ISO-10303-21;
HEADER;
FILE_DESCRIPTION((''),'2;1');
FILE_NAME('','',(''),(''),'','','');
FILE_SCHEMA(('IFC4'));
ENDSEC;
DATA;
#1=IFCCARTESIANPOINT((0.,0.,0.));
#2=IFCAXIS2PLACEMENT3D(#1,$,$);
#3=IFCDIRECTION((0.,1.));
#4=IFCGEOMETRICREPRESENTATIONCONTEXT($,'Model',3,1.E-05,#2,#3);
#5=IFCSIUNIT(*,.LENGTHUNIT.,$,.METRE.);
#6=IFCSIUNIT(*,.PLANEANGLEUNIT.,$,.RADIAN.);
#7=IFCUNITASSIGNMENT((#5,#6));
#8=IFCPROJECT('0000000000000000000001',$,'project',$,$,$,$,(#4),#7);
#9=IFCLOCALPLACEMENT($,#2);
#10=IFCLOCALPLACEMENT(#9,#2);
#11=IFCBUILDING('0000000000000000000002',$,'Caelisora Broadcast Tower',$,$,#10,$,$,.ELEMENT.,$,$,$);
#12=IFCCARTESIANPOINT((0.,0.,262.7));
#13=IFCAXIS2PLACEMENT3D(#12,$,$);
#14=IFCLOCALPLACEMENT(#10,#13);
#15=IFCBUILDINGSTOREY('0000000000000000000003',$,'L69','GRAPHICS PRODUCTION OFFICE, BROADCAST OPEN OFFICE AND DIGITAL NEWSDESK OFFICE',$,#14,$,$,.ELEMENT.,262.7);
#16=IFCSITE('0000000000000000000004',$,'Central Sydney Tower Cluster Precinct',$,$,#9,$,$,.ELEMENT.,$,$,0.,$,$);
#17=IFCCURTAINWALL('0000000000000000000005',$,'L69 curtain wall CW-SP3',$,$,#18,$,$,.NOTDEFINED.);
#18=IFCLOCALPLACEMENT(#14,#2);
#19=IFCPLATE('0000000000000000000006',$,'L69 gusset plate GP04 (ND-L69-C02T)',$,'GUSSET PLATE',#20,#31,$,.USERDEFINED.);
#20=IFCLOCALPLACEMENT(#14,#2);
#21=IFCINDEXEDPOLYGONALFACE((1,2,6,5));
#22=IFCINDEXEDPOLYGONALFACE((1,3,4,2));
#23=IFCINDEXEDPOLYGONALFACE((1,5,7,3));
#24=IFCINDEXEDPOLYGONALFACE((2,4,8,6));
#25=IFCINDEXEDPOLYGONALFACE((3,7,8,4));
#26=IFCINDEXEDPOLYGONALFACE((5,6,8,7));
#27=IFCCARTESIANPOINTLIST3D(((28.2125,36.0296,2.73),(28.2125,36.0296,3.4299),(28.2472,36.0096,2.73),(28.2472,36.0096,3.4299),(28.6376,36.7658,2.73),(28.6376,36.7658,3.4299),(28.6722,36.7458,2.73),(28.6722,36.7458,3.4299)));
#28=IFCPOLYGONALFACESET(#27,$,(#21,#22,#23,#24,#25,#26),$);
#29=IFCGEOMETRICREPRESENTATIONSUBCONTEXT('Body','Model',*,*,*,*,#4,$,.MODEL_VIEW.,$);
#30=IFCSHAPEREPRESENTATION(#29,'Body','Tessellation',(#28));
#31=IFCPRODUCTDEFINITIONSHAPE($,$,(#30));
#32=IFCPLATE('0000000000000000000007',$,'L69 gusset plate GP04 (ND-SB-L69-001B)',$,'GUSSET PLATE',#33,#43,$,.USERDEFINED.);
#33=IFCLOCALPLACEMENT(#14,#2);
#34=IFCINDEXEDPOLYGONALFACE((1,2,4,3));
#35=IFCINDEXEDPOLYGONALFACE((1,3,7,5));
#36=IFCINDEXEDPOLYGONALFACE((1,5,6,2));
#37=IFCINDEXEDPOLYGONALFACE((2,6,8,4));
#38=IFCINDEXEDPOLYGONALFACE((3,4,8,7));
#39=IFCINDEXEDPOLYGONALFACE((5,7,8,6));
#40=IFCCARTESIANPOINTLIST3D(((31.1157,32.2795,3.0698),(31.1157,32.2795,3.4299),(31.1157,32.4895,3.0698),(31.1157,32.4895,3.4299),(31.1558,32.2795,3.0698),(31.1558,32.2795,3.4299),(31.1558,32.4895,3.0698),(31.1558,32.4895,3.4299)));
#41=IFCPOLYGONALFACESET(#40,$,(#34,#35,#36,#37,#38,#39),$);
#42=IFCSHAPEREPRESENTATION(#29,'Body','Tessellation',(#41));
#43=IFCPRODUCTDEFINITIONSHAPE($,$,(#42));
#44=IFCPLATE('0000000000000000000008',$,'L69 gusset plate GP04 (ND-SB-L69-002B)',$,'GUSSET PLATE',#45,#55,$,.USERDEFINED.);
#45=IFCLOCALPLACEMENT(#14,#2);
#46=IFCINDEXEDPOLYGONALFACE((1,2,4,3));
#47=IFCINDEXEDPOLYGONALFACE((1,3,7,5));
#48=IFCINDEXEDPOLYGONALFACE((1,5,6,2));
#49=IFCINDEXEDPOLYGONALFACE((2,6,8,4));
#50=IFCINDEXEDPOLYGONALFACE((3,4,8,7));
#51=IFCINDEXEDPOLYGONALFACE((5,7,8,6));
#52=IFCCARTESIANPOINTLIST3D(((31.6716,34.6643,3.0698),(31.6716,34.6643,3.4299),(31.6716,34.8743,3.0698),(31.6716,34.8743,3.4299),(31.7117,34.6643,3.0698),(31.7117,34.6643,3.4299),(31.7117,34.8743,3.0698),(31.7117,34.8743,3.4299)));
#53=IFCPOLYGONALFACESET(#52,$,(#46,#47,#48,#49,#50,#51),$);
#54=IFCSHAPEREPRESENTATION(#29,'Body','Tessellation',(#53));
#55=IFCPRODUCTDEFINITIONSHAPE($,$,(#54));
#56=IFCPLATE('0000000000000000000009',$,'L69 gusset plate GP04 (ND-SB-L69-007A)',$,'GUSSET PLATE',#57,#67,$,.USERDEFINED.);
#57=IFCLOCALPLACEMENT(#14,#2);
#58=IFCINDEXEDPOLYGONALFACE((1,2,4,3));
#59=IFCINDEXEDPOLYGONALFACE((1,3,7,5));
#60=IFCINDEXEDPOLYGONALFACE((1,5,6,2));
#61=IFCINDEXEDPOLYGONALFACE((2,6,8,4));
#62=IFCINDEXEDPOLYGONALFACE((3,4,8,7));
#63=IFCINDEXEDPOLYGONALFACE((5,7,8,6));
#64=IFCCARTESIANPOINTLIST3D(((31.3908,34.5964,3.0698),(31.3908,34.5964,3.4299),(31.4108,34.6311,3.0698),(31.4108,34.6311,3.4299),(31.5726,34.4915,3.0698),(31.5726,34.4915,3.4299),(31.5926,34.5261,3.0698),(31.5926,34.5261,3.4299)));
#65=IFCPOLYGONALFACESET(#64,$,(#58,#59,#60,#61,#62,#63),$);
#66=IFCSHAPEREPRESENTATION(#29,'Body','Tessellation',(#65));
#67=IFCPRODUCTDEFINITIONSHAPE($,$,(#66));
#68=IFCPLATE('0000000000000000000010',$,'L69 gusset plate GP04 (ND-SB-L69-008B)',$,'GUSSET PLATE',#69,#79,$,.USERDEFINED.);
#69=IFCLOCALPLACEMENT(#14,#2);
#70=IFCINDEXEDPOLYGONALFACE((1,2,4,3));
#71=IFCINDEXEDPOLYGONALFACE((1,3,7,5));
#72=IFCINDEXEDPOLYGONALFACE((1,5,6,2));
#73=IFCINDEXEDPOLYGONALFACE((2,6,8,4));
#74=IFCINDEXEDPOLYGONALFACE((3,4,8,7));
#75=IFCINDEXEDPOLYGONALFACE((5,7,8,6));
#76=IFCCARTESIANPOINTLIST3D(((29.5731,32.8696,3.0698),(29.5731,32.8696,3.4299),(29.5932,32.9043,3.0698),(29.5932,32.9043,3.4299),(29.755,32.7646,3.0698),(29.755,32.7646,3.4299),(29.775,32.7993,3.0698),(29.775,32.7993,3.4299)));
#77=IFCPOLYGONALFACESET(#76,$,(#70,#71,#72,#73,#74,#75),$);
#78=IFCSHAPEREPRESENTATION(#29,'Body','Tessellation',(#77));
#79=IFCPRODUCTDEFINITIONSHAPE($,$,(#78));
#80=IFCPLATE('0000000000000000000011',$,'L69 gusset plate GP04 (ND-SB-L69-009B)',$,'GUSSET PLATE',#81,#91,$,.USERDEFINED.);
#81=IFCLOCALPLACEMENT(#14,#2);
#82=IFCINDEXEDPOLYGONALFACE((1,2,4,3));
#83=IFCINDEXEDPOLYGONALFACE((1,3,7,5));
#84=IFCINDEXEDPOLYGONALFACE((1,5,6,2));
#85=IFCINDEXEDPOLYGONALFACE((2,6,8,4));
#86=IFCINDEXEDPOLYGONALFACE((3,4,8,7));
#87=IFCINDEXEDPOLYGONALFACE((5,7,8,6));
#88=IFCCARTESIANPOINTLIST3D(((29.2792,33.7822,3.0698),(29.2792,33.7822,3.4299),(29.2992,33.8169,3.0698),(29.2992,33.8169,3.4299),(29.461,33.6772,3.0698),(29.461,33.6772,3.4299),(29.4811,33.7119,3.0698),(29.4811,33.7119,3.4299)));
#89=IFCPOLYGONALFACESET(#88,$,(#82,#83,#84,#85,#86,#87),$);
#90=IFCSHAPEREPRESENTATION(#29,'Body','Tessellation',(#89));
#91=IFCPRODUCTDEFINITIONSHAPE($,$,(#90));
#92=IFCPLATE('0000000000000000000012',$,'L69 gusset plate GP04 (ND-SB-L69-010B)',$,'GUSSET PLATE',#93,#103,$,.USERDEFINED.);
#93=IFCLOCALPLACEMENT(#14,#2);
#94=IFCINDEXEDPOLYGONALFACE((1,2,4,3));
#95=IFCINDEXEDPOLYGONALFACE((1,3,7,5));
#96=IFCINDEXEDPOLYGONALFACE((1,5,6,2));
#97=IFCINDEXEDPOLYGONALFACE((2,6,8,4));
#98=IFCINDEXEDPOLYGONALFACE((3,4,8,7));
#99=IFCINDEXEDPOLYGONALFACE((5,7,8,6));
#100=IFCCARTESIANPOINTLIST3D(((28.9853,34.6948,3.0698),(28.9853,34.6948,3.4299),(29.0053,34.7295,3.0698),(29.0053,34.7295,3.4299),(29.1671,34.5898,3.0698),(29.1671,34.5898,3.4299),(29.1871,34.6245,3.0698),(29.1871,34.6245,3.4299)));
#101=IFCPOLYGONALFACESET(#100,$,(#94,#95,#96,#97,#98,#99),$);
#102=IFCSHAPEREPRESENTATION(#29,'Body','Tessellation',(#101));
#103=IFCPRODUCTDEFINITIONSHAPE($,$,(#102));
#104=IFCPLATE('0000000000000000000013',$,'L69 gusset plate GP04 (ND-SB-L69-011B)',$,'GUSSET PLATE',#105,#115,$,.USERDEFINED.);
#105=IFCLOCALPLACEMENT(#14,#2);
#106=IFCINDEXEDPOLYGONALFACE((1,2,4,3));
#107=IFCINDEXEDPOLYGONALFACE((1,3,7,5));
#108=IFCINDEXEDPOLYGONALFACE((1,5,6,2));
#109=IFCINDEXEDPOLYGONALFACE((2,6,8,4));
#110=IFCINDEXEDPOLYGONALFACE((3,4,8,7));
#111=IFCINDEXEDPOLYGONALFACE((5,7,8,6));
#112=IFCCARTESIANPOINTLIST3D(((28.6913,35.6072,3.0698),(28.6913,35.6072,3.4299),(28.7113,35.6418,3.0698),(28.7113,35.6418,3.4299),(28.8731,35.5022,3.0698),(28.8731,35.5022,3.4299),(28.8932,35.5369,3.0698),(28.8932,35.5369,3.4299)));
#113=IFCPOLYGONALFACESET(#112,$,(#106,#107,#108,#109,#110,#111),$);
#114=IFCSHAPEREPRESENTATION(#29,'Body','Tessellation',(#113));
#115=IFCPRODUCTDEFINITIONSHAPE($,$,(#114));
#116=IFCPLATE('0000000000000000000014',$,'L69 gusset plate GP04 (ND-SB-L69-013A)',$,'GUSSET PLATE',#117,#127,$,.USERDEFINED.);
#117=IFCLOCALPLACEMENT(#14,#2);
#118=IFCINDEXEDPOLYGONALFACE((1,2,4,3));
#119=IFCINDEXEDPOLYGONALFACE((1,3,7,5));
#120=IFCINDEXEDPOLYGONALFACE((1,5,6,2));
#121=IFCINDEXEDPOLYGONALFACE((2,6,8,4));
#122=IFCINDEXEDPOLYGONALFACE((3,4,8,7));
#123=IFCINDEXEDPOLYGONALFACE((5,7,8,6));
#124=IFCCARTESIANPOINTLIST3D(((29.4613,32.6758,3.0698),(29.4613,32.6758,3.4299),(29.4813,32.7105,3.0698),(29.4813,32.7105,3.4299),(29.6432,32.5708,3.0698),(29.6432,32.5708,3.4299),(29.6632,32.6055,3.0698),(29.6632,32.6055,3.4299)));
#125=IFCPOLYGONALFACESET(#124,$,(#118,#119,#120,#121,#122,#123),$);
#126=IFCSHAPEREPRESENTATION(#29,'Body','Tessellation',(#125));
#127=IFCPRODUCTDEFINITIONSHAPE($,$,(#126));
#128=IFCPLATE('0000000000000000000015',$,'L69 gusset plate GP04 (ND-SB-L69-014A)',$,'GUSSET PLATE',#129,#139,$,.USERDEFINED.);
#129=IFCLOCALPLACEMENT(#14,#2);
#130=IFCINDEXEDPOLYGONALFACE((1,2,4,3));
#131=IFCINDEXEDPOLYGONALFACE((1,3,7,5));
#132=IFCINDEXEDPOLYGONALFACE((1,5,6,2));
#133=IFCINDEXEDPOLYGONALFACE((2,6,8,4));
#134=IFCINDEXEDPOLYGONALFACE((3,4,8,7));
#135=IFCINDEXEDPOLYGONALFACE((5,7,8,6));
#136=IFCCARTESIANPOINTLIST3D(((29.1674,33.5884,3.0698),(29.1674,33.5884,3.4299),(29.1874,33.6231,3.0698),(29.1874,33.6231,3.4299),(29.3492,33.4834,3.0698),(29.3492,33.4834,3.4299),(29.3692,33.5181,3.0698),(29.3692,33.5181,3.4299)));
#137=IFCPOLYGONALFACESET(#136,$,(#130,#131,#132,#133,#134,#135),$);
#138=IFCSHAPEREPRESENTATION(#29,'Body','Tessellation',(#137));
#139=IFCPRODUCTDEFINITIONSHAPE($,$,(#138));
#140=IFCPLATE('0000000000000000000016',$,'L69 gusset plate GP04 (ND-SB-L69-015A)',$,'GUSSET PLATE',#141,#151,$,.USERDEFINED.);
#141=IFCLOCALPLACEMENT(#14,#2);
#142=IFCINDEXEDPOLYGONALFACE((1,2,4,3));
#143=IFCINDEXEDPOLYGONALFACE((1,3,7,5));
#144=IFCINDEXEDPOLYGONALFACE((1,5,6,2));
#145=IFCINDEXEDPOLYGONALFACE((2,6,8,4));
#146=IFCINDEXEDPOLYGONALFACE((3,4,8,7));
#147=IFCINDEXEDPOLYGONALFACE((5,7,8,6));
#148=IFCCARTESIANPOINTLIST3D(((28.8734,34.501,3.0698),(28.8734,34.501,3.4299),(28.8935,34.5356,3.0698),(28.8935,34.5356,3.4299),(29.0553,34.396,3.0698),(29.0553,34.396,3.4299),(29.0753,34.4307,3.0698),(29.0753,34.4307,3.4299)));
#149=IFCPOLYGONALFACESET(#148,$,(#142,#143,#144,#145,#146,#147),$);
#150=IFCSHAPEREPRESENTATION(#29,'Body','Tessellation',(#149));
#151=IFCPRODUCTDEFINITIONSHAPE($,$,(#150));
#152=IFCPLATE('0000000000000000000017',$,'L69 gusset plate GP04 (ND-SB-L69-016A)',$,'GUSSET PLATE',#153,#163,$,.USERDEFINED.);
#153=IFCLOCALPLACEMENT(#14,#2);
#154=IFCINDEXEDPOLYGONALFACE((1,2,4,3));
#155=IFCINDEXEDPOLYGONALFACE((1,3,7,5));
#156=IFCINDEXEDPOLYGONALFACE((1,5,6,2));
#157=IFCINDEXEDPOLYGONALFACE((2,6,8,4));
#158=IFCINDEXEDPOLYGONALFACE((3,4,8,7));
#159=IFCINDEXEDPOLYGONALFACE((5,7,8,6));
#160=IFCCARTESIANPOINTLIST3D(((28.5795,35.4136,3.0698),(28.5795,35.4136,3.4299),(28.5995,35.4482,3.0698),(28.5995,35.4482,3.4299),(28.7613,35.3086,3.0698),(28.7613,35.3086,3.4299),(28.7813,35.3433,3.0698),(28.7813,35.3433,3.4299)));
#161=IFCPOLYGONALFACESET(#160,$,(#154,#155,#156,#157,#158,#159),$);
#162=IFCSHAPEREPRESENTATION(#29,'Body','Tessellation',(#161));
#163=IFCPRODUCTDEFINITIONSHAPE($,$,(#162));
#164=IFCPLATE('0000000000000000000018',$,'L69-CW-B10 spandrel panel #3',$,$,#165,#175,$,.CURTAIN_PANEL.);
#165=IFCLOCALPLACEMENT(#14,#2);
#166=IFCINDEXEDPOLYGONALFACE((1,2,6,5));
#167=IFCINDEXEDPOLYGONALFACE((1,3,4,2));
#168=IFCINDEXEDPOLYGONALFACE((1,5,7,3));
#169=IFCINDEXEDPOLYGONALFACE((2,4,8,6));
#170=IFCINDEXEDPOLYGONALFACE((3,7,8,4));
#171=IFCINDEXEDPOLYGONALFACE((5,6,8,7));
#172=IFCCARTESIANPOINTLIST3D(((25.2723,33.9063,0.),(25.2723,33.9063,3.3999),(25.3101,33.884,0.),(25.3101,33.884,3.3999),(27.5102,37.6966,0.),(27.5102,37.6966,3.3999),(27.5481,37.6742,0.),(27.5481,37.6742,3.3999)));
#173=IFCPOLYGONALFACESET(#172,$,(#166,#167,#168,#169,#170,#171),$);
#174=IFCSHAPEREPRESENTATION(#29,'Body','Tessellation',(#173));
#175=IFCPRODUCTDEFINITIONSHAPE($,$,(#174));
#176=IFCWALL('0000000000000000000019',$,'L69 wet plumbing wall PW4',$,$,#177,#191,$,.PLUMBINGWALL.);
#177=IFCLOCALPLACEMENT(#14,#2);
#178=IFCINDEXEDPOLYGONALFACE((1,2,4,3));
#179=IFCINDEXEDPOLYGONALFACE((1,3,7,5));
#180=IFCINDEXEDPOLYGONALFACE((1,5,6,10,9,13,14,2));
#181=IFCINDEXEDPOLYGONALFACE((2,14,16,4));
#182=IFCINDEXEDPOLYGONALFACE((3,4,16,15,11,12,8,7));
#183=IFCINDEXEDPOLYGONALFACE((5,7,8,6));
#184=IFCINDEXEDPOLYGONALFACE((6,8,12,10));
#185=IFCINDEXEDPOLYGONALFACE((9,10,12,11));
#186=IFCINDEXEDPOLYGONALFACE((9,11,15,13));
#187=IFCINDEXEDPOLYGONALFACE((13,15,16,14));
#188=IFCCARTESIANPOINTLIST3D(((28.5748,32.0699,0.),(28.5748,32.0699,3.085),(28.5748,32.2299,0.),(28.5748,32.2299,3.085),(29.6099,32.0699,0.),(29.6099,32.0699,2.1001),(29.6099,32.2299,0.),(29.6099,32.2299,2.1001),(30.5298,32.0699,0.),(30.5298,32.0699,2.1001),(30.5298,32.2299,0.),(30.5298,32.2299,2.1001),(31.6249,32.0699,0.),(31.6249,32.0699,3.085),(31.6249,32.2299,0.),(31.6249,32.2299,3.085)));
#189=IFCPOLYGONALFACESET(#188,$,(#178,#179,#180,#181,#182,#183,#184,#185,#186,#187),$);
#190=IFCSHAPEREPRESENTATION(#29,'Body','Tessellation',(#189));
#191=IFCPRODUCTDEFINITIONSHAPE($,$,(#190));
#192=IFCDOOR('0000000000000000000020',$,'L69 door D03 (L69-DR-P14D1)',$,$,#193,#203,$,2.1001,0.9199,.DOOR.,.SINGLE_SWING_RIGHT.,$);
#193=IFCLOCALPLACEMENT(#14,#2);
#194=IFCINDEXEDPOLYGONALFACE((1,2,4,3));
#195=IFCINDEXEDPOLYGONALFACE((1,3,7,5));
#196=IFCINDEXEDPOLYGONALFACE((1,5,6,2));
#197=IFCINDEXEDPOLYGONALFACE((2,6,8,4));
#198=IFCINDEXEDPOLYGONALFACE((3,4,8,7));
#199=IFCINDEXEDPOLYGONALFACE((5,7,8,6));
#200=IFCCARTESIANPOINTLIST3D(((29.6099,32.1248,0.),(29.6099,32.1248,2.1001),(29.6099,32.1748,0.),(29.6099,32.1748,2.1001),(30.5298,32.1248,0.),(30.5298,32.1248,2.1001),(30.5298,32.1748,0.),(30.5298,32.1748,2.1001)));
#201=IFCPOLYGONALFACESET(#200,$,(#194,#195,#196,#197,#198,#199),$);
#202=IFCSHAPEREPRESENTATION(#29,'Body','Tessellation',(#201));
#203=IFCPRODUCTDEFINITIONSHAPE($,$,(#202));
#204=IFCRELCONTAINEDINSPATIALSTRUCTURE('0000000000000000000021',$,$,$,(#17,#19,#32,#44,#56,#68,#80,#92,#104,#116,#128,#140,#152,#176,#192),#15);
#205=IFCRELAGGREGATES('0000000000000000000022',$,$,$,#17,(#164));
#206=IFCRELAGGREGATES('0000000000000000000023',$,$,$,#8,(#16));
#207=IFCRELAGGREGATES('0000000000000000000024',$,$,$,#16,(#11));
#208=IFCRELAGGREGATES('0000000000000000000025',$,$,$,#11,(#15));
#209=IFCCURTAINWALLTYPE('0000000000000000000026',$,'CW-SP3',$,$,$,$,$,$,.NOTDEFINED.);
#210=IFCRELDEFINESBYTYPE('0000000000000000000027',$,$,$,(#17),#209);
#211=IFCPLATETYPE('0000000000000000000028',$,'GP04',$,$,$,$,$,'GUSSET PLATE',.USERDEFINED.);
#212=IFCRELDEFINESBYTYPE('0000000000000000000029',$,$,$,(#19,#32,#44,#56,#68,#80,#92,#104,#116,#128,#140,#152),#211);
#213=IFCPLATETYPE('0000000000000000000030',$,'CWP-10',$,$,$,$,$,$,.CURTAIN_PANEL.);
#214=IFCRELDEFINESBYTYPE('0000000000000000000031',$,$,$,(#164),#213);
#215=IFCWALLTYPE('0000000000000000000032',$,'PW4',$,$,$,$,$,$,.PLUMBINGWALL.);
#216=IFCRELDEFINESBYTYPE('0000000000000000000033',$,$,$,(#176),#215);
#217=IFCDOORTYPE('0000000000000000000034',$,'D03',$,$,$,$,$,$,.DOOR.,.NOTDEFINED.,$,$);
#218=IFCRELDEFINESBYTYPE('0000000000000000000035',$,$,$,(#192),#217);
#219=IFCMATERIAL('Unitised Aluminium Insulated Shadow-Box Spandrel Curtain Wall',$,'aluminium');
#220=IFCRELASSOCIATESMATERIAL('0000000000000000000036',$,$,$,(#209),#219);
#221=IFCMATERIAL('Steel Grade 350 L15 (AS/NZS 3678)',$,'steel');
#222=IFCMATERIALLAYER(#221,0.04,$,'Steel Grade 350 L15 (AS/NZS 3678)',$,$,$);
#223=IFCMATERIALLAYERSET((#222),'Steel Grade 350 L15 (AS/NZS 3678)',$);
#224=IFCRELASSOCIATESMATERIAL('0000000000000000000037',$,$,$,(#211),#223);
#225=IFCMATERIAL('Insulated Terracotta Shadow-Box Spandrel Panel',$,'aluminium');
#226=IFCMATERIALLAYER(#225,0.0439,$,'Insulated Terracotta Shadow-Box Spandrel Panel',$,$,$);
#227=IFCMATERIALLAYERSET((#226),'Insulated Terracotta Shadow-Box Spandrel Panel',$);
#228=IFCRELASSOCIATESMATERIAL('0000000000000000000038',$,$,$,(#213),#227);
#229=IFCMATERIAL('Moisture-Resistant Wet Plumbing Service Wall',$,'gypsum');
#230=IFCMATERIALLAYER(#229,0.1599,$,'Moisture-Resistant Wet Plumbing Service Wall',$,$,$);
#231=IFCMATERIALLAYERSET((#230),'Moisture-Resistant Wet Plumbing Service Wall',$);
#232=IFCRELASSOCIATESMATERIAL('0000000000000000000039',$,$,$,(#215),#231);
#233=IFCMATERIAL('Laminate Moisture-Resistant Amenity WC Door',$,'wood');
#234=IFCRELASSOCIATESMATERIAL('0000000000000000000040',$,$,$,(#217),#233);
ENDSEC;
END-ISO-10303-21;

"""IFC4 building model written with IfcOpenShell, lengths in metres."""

from ifc_helpers import new_model, si_unit, direction, frame, frame_2d, origin, origin_2d, place, context, subcontext, project, spatial, rectangle, extrude, source, transform, mapped, material, layer, layer_set, type_object, type_shapes, element, fill, aggregate, save


model = new_model("IFC4")

# Units and contexts
model_context = context("Model", 3, precision=1e-05, world=origin(), true_north=direction((0.0, 1.0)))
body_context = subcontext(model_context, "Body", "Model", "MODEL_VIEW")
ifc_project = project(units=[si_unit("LENGTHUNIT", "METRE"), si_unit("PLANEANGLEUNIT", "RADIAN")], contexts=[model_context])

# Site, building, storey
site_placement = place(None, origin())
site = spatial("IfcSite", under=ifc_project, at=site_placement, Name="Central Sydney Tower Cluster Precinct", CompositionType="ELEMENT", RefElevation=0.0)
building_placement = place(site_placement, origin())
building = spatial("IfcBuilding", under=site, at=building_placement, Name="Caelisora Broadcast Tower", CompositionType="ELEMENT")
storey_placement = place(building_placement, frame((0.0, 0.0, 262.7)))
storey = spatial("IfcBuildingStorey", under=building, at=storey_placement, Name="L69", Description="GRAPHICS PRODUCTION OFFICE, BROADCAST OPEN OFFICE AND DIGITAL NEWSDESK OFFICE", CompositionType="ELEMENT", Elevation=262.7)

# Shared definitions
ifc_material_1 = material(Name="Steel Grade 350 L15 (AS/NZS 3678)", Category="steel")

# Curtain wall
ifc_material_2 = material(Name="Unitised Aluminium Insulated Shadow-Box Spandrel Curtain Wall", Category="aluminium")
curtain_wall_type = type_object("IfcCurtainWallType", Name="CW-SP3", PredefinedType="NOTDEFINED", material=ifc_material_2)
curtain_wall_placement = place(storey_placement, origin())
curtain_wall = element("IfcCurtainWall", 1, at=curtain_wall_placement, inside=storey, type_object=curtain_wall_type, Name="L69 curtain wall CW-SP3", PredefinedType="NOTDEFINED")

# Plates
ifc_layer_1 = layer(ifc_material_1, 0.04, Name="Steel Grade 350 L15 (AS/NZS 3678)")
ifc_layer_set_1 = layer_set([ifc_layer_1], Name="Steel Grade 350 L15 (AS/NZS 3678)")
plate_type_1 = type_object("IfcPlateType", Name="GP04", ElementType="GUSSET PLATE", PredefinedType="USERDEFINED", material=ifc_layer_set_1)
shared_shape_1 = source(origin(), body_context, "Body", "SweptSolid", [
    extrude(rectangle(XDim=0.8501, YDim=0.04, at=origin_2d()), origin(), (0.0, 0.0, 1.0), 0.7),
])
plate_1_placement = place(storey_placement, frame((28.4424, 36.3877, 2.73), z_axis=(0.0, 0.0, 1.0), x_axis=(-0.5, -0.866025, 0.0)))
element("IfcPlate", 2, at=plate_1_placement, inside=storey, type_object=plate_type_1, Name="L69 gusset plate GP04 (ND-L69-C02T)", ObjectType="GUSSET PLATE", PredefinedType="USERDEFINED", context=body_context, shape_type="MappedRepresentation", body=[
    mapped(shared_shape_1, transform((0.0, 0.0, 0.0), scale=1.0)),
])
shared_shape_2 = source(origin(), body_context, "Body", "SweptSolid", [
    extrude(rectangle(XDim=0.21, YDim=0.04, at=origin_2d()), origin(), (0.0, 0.0, 1.0), 0.3601),
])
type_shapes(plate_type_1, [shared_shape_1, shared_shape_2])
for number, where, z_axis, x_axis, name in (
    (3, (31.1357, 32.3845, 3.0698), (0.0, 0.0, 1.0), (0.0, -1.0, 0.0), "L69 gusset plate GP04 (ND-SB-L69-001B)"),
    (4, (31.6917, 34.7693, 3.0698), (0.0, 0.0, 1.0), (0.0, -1.0, 0.0), "L69 gusset plate GP04 (ND-SB-L69-002B)"),
    (5, (31.4917, 34.5613, 3.0698), (0.0, 0.0, 1.0), (0.866025, -0.5, 0.0), "L69 gusset plate GP04 (ND-SB-L69-007A)"),
    (6, (29.6741, 32.8345, 3.0698), (0.0, 0.0, 1.0), (0.866025, -0.5, 0.0), "L69 gusset plate GP04 (ND-SB-L69-008B)"),
    (7, (29.3801, 33.7471, 3.0698), (0.0, 0.0, 1.0), (0.866025, -0.5, 0.0), "L69 gusset plate GP04 (ND-SB-L69-009B)"),
    (8, (29.0862, 34.6597, 3.0698), (0.0, 0.0, 1.0), (0.866025, -0.5, 0.0), "L69 gusset plate GP04 (ND-SB-L69-010B)"),
    (9, (28.7922, 35.572, 3.0698), (0.0, 0.0, 1.0), (0.866025, -0.5, 0.0), "L69 gusset plate GP04 (ND-SB-L69-011B)"),
    (10, (29.5623, 32.6406, 3.0698), (0.0, 0.0, 1.0), (0.866025, -0.5, 0.0), "L69 gusset plate GP04 (ND-SB-L69-013A)"),
    (11, (29.2683, 33.5532, 3.0698), (0.0, 0.0, 1.0), (0.866025, -0.5, 0.0), "L69 gusset plate GP04 (ND-SB-L69-014A)"),
    (12, (28.9744, 34.4658, 3.0698), (0.0, 0.0, 1.0), (0.866025, -0.5, 0.0), "L69 gusset plate GP04 (ND-SB-L69-015A)"),
    (13, (28.6804, 35.3784, 3.0698), (0.0, 0.0, 1.0), (0.866025, -0.5, 0.0), "L69 gusset plate GP04 (ND-SB-L69-016A)"),
):
    element("IfcPlate", number, at=place(storey_placement, frame(where, z_axis=z_axis, x_axis=x_axis)), inside=storey, type_object=plate_type_1, Name=name, ObjectType="GUSSET PLATE", PredefinedType="USERDEFINED", context=body_context, shape_type="MappedRepresentation", body=[
        mapped(shared_shape_2, transform((0.0, 0.0, 0.0), scale=1.0)),
    ])

# Plate
ifc_material_3 = material(Name="Insulated Terracotta Shadow-Box Spandrel Panel", Category="aluminium")
ifc_layer_2 = layer(ifc_material_3, 0.0439, Name="Insulated Terracotta Shadow-Box Spandrel Panel")
ifc_layer_set_2 = layer_set([ifc_layer_2], Name="Insulated Terracotta Shadow-Box Spandrel Panel")
plate_type_2 = type_object("IfcPlateType", Name="CWP-10", PredefinedType="CURTAIN_PANEL", material=ifc_layer_set_2)
shared_shape_3 = source(origin(), body_context, "Body", "SweptSolid", [
    extrude(rectangle(XDim=4.4016, YDim=0.0439, at=origin_2d()), origin(), (0.0, 0.0, 1.0), 3.3999),
])
type_shapes(plate_type_2, [shared_shape_3])
plate_2_placement = place(storey_placement, frame((26.4102, 35.7903, 0.0), z_axis=(0.0, 0.0, 1.0), x_axis=(0.50844, 0.861097, 0.0)))
plate_2 = element("IfcPlate", 14, at=plate_2_placement, type_object=plate_type_2, Name="L69-CW-B10 spandrel panel #3", PredefinedType="CURTAIN_PANEL", context=body_context, shape_type="MappedRepresentation", body=[
    mapped(shared_shape_3, transform((0.0, 0.0, 0.0), scale=1.0)),
])
aggregate(curtain_wall, [plate_2])

# Wall, opening, door
ifc_material_4 = material(Name="Moisture-Resistant Wet Plumbing Service Wall", Category="gypsum")
ifc_layer_3 = layer(ifc_material_4, 0.1599, Name="Moisture-Resistant Wet Plumbing Service Wall")
ifc_layer_set_3 = layer_set([ifc_layer_3], Name="Moisture-Resistant Wet Plumbing Service Wall")
wall_type = type_object("IfcWallType", Name="PW4", PredefinedType="PLUMBINGWALL", material=ifc_layer_set_3)
wall_1_placement = place(storey_placement, frame((28.575, 32.1499, 0.0), z_axis=(0.0, 0.0, 1.0), x_axis=(1.0, 0.0, 0.0)))
wall_1 = element("IfcWall", 15, at=wall_1_placement, inside=storey, type_object=wall_type, Name="L69 wet plumbing wall PW4", PredefinedType="PLUMBINGWALL", context=body_context, shape_type="SweptSolid", body=[
    extrude(rectangle(XDim=3.05, YDim=0.1599, at=frame_2d((1.5249, 0.0))), origin(), (0.0, 0.0, 1.0), 3.085),
])
opening_1_placement = place(wall_1_placement, frame((1.0349, 0.0, 0.0)))
opening_1 = element("IfcOpeningElement", 16, at=opening_1_placement, cuts=wall_1, PredefinedType="OPENING", context=body_context, shape_type="SweptSolid", body=[
    extrude(rectangle(XDim=0.9199, YDim=2.1001, at=frame_2d((0.46, 1.05))), frame((0.0, 0.092, 0.0), z_axis=(0.0, -1.0, 0.0), x_axis=(1.0, 0.0, 0.0)), (0.0, 0.0, 1.0), 0.1838),
])
ifc_material_5 = material(Name="Laminate Moisture-Resistant Amenity WC Door", Category="wood")
door_type = type_object("IfcDoorType", Name="D03", OperationType="NOTDEFINED", PredefinedType="DOOR", material=ifc_material_5)
door_1_placement = place(opening_1_placement, origin())
door_1 = element("IfcDoor", 17, at=door_1_placement, inside=storey, type_object=door_type, Name="L69 door D03 (L69-DR-P14D1)", OperationType="SINGLE_SWING_RIGHT", OverallHeight=2.1001, OverallWidth=0.9199, PredefinedType="DOOR", context=body_context, shape_type="SweptSolid", body=[
    extrude(rectangle(XDim=0.9199, YDim=2.1001, at=frame_2d((0.46, 1.05))), frame((0.0, 0.0249, 0.0), z_axis=(0.0, -1.0, 0.0), x_axis=(1.0, 0.0, 0.0)), (0.0, 0.0, 1.0), 0.05),
])
fill(opening_1, door_1)

save(model, "model.ifc")
